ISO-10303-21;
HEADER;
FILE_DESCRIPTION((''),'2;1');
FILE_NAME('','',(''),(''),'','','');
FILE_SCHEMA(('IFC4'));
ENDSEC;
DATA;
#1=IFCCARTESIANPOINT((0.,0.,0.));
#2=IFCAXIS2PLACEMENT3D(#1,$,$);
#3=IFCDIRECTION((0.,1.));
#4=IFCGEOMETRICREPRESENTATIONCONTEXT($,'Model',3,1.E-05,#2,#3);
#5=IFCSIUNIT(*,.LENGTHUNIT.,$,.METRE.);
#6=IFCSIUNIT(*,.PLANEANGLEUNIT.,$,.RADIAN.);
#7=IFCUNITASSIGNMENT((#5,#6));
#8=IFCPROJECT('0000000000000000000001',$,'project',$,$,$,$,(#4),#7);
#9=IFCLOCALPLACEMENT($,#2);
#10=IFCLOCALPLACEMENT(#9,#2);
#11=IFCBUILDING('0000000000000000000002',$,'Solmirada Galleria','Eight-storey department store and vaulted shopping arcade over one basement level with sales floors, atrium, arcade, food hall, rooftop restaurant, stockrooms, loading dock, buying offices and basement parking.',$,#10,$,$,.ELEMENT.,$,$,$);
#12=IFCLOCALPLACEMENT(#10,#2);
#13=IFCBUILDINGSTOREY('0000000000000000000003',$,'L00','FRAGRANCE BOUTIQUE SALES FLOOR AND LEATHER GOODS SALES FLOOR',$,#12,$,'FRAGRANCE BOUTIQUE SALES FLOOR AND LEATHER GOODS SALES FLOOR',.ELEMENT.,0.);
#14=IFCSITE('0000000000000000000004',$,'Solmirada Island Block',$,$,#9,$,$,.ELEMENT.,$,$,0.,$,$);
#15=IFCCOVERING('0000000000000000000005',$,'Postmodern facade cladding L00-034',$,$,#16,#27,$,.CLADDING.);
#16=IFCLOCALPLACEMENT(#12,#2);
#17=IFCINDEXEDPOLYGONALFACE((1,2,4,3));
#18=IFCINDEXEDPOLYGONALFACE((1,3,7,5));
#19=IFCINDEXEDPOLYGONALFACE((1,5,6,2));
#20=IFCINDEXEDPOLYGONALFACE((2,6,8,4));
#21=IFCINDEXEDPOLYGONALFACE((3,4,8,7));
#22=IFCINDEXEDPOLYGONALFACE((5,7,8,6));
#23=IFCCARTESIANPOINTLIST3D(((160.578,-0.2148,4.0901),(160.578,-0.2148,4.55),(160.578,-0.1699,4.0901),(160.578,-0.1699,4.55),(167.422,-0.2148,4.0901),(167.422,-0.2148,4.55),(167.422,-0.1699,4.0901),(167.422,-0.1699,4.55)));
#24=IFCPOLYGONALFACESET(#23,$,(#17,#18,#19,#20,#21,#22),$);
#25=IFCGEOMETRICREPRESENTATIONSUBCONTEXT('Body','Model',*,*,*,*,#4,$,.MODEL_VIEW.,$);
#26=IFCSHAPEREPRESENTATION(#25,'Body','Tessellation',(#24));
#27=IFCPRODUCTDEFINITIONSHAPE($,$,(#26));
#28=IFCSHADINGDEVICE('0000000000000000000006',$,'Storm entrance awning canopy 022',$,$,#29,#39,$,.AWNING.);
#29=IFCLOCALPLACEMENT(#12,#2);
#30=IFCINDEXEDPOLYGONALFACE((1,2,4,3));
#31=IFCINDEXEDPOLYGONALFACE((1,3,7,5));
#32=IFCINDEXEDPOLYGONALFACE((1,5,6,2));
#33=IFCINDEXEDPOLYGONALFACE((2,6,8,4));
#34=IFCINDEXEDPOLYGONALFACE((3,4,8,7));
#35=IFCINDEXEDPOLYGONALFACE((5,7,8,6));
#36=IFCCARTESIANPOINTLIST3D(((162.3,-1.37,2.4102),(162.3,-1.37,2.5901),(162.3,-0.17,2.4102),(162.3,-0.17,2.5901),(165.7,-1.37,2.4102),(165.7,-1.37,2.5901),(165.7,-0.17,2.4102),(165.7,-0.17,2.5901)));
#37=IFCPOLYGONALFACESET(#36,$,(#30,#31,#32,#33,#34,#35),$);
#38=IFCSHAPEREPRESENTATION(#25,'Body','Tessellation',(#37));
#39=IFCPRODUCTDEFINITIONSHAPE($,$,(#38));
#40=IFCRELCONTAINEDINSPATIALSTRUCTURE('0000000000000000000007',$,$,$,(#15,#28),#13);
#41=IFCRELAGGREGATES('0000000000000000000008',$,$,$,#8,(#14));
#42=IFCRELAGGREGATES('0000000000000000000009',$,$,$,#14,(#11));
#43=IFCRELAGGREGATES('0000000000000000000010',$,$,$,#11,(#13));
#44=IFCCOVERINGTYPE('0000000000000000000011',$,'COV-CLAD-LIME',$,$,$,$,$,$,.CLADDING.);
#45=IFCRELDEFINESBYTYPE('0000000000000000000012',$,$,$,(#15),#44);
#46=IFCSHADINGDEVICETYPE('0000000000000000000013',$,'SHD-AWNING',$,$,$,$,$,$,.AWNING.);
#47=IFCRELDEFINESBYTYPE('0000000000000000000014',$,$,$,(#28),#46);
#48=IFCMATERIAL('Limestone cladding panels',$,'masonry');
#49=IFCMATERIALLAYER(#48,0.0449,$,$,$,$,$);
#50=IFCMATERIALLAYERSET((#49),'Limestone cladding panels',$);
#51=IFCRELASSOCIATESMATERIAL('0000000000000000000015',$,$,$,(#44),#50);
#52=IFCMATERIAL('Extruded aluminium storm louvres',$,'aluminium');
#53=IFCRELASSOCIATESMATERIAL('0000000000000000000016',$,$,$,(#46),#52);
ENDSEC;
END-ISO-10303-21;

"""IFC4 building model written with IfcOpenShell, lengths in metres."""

from ifc_helpers import new_model, si_unit, direction, frame, origin, origin_2d, place, context, subcontext, project, spatial, rectangle, extrude, material, layer, layer_set, type_object, element, save


model = new_model("IFC4")

# Units and contexts
model_context = context("Model", 3, precision=1e-05, world=origin(), true_north=direction((0.0, 1.0)))
body_context = subcontext(model_context, "Body", "Model", "MODEL_VIEW")
ifc_project = project(units=[si_unit("LENGTHUNIT", "METRE"), si_unit("PLANEANGLEUNIT", "RADIAN")], contexts=[model_context])

# Site, building, storey
site_placement = place(None, origin())
site = spatial("IfcSite", under=ifc_project, at=site_placement, Name="Solmirada Island Block", CompositionType="ELEMENT", RefElevation=0.0)
building_placement = place(site_placement, origin())
building = spatial("IfcBuilding", under=site, at=building_placement, Name="Solmirada Galleria", Description="Eight-storey department store and vaulted shopping arcade over one basement level with sales floors, atrium, arcade, food hall, rooftop restaurant, stockrooms, loading dock, buying offices and basement parking.", CompositionType="ELEMENT")
storey_placement = place(building_placement, origin())
storey = spatial("IfcBuildingStorey", under=building, at=storey_placement, Name="L00", Description="FRAGRANCE BOUTIQUE SALES FLOOR AND LEATHER GOODS SALES FLOOR", LongName="FRAGRANCE BOUTIQUE SALES FLOOR AND LEATHER GOODS SALES FLOOR", CompositionType="ELEMENT", Elevation=0.0)

# Covering
ifc_material_1 = material(Name="Limestone cladding panels", Category="masonry")
ifc_layer_1 = layer(ifc_material_1, 0.0449)
ifc_layer_set_1 = layer_set([ifc_layer_1], Name="Limestone cladding panels")
covering_type = type_object("IfcCoveringType", Name="COV-CLAD-LIME", PredefinedType="CLADDING", material=ifc_layer_set_1)
covering_placement = place(storey_placement, frame((164.0, -0.1924, 4.0901), z_axis=(0.0, 0.0, 1.0), x_axis=(-1.0, 0.0, 0.0)))
element("IfcCovering", 1, at=covering_placement, inside=storey, type_object=covering_type, Name="Postmodern facade cladding L00-034", PredefinedType="CLADDING", context=body_context, shape_type="SweptSolid", body=[
    extrude(rectangle(XDim=6.844, YDim=0.0449, at=origin_2d()), origin(), (0.0, 0.0, 1.0), 0.46),
])

# Shading device
ifc_material_2 = material(Name="Extruded aluminium storm louvres", Category="aluminium")
shading_device_type = type_object("IfcShadingDeviceType", Name="SHD-AWNING", PredefinedType="AWNING", material=ifc_material_2)
shading_device_placement = place(storey_placement, frame((164.0, -0.77, 2.4102), z_axis=(0.0, 0.0, 1.0), x_axis=(-1.0, 0.0, 0.0)))
element("IfcShadingDevice", 2, at=shading_device_placement, inside=storey, type_object=shading_device_type, Name="Storm entrance awning canopy 022", PredefinedType="AWNING", context=body_context, shape_type="SweptSolid", body=[
    extrude(rectangle(XDim=3.3999, YDim=1.2, at=origin_2d()), origin(), (0.0, 0.0, 1.0), 0.1799),
])

save(model, "model.ifc")
